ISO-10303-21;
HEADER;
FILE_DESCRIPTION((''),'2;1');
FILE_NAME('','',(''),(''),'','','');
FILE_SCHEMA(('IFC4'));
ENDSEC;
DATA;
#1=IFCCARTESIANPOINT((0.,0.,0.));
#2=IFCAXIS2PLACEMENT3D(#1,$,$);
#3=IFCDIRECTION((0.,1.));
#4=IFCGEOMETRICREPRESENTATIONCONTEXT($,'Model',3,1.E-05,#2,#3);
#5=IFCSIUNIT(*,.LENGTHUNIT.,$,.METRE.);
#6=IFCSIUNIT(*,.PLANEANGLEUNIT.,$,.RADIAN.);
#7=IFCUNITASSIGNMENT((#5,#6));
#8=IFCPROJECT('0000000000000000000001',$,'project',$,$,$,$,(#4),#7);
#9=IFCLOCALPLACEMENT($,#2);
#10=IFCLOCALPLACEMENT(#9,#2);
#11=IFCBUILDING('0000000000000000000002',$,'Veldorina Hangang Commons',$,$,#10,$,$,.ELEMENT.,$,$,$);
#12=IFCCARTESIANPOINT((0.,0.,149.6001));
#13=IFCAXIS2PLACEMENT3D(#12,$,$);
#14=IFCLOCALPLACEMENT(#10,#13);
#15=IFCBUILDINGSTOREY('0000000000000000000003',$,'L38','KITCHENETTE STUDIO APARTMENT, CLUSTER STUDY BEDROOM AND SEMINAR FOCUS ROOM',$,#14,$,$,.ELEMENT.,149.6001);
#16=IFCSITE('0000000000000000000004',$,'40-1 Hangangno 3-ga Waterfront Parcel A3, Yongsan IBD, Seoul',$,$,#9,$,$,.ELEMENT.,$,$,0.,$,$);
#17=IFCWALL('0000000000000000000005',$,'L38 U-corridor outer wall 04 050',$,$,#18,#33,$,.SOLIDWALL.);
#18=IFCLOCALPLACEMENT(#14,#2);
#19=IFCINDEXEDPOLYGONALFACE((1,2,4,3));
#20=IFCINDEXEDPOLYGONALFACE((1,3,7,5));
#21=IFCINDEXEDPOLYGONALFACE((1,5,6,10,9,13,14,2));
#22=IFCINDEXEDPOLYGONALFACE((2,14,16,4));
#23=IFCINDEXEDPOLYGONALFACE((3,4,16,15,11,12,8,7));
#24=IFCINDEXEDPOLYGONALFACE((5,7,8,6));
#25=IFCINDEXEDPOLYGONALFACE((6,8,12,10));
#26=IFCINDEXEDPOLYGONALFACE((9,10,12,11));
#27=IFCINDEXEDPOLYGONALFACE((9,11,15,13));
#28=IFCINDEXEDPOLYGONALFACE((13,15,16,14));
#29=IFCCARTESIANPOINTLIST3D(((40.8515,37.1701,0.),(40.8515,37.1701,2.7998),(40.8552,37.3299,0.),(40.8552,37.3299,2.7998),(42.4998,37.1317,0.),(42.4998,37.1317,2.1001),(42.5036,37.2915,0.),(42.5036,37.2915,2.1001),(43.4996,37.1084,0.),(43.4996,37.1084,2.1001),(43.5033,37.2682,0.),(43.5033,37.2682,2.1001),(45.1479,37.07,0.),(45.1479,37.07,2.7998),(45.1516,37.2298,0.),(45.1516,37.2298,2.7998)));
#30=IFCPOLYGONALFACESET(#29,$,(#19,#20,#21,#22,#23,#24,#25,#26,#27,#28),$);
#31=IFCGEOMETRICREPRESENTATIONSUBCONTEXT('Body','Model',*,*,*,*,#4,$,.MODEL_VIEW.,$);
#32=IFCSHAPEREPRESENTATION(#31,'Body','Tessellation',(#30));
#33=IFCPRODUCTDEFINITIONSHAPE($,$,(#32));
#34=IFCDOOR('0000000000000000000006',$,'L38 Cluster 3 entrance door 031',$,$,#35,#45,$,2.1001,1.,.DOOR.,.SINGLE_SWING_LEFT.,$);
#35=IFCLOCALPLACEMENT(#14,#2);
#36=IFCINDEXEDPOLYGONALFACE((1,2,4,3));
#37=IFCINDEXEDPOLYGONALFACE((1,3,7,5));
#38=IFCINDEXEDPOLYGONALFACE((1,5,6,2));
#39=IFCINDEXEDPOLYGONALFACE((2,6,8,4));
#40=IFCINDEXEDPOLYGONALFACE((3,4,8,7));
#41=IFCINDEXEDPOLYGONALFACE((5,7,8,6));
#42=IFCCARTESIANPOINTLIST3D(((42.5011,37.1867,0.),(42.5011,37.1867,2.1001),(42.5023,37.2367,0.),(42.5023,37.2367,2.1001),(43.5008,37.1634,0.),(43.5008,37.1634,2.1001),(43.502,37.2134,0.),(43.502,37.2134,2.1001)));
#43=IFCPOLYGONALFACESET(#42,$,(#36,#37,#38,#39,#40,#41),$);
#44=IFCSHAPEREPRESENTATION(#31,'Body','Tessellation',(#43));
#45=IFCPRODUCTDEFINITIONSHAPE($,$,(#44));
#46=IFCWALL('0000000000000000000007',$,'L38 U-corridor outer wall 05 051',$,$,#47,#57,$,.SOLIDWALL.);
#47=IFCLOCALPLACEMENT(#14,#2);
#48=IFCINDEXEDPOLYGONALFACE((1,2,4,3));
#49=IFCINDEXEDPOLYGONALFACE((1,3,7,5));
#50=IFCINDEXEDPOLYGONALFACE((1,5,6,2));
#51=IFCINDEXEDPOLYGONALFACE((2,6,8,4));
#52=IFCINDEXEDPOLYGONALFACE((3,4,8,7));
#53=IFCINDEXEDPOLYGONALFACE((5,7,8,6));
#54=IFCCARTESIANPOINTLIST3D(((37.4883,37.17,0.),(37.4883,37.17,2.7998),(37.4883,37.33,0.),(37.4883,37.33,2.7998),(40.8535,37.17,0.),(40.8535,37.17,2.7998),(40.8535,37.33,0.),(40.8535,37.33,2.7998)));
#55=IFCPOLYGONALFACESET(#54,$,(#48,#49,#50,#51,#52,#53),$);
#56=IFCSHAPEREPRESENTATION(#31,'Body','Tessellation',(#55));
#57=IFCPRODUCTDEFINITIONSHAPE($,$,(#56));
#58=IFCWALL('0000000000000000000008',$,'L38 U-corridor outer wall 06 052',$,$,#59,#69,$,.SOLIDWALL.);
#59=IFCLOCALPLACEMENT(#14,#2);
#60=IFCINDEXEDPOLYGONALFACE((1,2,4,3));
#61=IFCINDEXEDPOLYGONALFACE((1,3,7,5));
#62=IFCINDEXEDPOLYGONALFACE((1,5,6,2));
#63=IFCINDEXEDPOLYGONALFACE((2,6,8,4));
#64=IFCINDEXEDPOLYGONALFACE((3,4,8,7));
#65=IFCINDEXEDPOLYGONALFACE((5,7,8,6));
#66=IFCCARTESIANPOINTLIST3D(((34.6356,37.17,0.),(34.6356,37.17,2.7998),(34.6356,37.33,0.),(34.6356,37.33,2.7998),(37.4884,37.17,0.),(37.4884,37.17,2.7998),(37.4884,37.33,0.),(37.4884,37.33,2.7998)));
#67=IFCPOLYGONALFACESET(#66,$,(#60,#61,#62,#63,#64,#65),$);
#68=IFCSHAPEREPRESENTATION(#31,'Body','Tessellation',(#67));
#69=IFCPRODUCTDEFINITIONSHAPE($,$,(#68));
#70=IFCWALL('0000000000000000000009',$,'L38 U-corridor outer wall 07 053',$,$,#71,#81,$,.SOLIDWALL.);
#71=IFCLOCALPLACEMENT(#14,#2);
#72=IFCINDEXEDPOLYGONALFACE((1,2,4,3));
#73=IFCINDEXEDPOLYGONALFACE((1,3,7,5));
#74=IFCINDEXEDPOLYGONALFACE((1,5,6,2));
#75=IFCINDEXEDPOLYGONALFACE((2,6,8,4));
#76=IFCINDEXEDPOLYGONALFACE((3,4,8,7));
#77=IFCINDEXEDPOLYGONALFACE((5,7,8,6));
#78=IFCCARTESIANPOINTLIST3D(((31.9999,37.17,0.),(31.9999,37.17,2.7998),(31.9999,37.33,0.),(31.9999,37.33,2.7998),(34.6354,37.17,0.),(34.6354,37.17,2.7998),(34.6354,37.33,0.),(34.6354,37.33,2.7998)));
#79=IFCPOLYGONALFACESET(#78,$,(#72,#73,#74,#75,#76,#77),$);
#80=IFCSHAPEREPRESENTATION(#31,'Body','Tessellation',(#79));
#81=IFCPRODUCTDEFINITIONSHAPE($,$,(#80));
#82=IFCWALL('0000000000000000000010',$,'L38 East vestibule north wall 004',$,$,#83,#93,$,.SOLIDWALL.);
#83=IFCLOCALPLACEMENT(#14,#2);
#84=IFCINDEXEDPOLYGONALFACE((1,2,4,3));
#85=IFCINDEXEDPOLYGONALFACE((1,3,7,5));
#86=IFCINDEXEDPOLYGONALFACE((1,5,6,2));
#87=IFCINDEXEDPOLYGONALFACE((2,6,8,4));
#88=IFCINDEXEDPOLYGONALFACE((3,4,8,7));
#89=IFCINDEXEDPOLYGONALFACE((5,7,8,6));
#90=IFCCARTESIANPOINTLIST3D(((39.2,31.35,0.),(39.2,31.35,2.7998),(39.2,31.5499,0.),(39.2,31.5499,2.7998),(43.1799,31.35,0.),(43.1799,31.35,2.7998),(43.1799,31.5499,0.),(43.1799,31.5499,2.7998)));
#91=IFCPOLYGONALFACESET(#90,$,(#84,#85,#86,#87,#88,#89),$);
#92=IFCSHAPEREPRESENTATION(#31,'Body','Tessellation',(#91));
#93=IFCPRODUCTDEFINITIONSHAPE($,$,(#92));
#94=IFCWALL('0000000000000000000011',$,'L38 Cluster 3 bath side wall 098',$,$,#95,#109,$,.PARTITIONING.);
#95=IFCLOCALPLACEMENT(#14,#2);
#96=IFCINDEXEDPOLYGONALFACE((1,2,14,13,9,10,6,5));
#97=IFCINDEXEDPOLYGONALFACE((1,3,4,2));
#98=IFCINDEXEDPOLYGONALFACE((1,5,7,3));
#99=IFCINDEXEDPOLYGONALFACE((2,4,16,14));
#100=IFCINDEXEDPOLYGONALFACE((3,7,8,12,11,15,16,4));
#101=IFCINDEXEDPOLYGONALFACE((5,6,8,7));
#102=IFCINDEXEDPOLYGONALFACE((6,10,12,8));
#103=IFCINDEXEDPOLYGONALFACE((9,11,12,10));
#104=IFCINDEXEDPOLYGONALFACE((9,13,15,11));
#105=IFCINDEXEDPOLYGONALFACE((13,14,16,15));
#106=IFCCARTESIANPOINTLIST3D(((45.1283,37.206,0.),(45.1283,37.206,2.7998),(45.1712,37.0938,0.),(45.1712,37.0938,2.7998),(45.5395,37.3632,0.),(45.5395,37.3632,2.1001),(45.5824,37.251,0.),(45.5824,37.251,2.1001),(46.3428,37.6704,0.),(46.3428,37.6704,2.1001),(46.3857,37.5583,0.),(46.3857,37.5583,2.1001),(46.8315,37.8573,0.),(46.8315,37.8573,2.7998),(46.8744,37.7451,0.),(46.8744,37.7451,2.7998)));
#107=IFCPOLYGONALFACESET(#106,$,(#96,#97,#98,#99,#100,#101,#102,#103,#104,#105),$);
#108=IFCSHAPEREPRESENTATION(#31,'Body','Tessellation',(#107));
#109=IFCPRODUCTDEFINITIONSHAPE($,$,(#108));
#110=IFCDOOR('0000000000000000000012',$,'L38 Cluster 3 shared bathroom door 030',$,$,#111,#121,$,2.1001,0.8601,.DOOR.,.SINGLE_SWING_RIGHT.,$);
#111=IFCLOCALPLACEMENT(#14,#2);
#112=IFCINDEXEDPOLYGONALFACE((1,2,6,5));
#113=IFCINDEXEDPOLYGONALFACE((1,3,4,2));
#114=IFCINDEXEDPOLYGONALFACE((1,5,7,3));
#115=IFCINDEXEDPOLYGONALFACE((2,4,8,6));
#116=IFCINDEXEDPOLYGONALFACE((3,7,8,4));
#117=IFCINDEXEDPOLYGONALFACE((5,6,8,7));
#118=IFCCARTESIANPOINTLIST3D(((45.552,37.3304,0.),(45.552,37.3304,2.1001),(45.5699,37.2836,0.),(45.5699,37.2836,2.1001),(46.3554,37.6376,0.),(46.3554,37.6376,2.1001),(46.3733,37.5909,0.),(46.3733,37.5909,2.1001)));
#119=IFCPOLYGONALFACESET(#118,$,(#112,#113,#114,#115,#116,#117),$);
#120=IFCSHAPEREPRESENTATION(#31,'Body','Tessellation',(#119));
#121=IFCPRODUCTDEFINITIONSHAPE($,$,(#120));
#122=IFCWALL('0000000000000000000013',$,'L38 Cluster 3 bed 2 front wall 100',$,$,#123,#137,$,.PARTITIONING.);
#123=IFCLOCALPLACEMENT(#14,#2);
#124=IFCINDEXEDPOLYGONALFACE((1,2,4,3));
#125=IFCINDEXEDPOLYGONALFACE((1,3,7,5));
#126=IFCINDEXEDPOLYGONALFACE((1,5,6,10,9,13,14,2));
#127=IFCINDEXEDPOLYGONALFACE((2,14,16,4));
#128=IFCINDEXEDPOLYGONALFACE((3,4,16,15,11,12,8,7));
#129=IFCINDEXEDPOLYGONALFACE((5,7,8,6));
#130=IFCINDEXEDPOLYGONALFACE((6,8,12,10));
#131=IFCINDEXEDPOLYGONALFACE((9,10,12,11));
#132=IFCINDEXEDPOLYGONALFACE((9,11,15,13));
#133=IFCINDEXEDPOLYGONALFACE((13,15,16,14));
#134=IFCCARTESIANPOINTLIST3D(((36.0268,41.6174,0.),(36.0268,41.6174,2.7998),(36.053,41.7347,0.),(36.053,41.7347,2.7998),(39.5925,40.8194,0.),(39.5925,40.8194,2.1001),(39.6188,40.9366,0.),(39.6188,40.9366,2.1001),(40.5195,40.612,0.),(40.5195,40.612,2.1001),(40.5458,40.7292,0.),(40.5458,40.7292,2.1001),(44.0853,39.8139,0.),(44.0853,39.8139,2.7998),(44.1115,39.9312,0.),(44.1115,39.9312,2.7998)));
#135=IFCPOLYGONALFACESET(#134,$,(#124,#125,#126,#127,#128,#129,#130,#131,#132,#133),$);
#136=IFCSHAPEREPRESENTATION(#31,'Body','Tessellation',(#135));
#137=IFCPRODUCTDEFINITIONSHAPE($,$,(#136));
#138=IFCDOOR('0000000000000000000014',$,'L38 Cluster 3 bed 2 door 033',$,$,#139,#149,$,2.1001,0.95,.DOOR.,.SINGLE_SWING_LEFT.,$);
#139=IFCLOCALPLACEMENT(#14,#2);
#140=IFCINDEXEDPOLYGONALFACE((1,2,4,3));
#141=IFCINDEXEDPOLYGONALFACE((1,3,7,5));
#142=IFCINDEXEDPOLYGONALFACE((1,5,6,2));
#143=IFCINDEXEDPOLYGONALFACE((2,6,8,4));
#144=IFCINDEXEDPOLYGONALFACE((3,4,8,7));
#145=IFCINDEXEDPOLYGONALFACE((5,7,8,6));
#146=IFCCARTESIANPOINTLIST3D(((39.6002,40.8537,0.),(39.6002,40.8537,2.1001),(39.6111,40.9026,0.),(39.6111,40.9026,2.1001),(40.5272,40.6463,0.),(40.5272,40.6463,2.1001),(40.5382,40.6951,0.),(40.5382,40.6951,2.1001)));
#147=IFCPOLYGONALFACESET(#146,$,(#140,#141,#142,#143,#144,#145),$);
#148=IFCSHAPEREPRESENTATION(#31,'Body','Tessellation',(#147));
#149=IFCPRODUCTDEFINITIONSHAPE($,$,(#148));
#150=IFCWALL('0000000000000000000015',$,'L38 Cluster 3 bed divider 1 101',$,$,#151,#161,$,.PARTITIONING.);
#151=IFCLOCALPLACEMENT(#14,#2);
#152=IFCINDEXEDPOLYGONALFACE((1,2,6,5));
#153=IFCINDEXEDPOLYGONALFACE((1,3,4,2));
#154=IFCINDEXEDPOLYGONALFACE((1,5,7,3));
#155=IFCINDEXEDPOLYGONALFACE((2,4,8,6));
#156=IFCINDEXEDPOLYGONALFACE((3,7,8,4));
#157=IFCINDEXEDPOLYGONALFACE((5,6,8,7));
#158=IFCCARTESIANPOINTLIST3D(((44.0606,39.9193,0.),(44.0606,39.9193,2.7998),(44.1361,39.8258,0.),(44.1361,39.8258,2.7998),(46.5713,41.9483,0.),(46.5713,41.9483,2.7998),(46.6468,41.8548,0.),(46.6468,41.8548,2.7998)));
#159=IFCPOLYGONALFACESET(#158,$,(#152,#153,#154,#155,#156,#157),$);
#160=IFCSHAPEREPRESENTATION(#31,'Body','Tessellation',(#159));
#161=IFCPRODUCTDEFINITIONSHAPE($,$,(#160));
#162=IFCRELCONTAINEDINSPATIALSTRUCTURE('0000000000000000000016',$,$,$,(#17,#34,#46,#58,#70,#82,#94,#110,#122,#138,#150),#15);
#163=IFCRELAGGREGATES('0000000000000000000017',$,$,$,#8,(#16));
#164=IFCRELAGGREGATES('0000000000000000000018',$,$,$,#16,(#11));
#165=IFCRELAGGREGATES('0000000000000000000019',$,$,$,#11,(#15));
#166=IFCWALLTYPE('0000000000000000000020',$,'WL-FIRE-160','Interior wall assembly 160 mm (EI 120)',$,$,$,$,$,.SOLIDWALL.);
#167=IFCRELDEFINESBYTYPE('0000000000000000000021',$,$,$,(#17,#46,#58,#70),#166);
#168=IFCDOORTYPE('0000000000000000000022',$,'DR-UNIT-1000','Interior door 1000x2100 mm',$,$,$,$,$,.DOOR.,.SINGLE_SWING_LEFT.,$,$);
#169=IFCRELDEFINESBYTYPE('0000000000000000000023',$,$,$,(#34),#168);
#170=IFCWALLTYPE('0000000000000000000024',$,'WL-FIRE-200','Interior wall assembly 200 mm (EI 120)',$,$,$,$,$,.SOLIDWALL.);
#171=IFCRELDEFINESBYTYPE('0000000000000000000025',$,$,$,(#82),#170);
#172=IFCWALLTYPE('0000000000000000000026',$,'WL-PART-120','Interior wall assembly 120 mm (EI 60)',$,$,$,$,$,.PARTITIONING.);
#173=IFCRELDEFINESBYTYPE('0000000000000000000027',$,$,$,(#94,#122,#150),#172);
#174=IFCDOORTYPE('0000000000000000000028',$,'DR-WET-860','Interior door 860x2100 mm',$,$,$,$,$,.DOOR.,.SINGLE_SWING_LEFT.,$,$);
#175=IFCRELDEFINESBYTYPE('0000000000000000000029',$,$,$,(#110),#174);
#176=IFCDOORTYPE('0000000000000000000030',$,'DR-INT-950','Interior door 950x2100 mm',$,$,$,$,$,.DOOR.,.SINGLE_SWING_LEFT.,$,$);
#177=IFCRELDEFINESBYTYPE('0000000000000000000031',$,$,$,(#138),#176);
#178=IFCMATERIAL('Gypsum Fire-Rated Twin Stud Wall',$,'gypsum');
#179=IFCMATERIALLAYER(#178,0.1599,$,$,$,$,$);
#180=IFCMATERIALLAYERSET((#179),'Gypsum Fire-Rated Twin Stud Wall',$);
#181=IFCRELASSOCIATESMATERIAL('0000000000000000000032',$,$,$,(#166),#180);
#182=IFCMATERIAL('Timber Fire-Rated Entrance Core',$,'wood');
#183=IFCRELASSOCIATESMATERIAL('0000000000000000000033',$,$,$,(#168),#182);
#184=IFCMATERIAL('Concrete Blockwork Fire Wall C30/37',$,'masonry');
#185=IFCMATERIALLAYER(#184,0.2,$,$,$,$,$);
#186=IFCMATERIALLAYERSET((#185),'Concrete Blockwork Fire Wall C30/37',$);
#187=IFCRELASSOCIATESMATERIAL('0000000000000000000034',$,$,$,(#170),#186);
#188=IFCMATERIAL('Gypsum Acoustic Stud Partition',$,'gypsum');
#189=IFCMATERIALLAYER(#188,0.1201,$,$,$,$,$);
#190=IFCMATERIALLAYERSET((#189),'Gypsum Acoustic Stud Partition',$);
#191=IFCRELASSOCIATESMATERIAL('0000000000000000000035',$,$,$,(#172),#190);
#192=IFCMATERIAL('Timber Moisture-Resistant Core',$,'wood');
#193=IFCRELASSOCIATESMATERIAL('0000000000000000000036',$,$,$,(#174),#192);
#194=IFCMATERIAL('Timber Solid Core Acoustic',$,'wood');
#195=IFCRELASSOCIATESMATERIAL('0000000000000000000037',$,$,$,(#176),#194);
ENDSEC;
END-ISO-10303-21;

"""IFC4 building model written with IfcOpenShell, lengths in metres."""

from ifc_helpers import new_model, si_unit, direction, frame, frame_2d, origin, place, context, subcontext, project, spatial, rectangle, extrude, material, layer, layer_set, type_object, element, fill, save


model = new_model("IFC4")

# Units and contexts
model_context = context("Model", 3, precision=1e-05, world=origin(), true_north=direction((0.0, 1.0)))
body_context = subcontext(model_context, "Body", "Model", "MODEL_VIEW")
ifc_project = project(units=[si_unit("LENGTHUNIT", "METRE"), si_unit("PLANEANGLEUNIT", "RADIAN")], contexts=[model_context])

# Site, building, storey
site_placement = place(None, origin())
site = spatial("IfcSite", under=ifc_project, at=site_placement, Name="40-1 Hangangno 3-ga Waterfront Parcel A3, Yongsan IBD, Seoul", CompositionType="ELEMENT", RefElevation=0.0)
building_placement = place(site_placement, origin())
building = spatial("IfcBuilding", under=site, at=building_placement, Name="Veldorina Hangang Commons", CompositionType="ELEMENT")
storey_placement = place(building_placement, frame((0.0, 0.0, 149.6001)))
storey = spatial("IfcBuildingStorey", under=building, at=storey_placement, Name="L38", Description="KITCHENETTE STUDIO APARTMENT, CLUSTER STUDY BEDROOM AND SEMINAR FOCUS ROOM", CompositionType="ELEMENT", Elevation=149.6001)

# Wall, opening, door
ifc_material_1 = material(Name="Gypsum Fire-Rated Twin Stud Wall", Category="gypsum")
ifc_layer_1 = layer(ifc_material_1, 0.1599)
ifc_layer_set_1 = layer_set([ifc_layer_1], Name="Gypsum Fire-Rated Twin Stud Wall")
wall_type_1 = type_object("IfcWallType", Name="WL-FIRE-160", Description="Interior wall assembly 160 mm (EI 120)", PredefinedType="SOLIDWALL", material=ifc_layer_set_1)
wall_1_placement = place(storey_placement, frame((45.1499, 37.1499, 0.0), z_axis=(0.0, 0.0, 1.0), x_axis=(-0.999729, 0.023292, 0.0)))
wall_1 = element("IfcWall", 1, at=wall_1_placement, inside=storey, type_object=wall_type_1, Name="L38 U-corridor outer wall 04 050", PredefinedType="SOLIDWALL", context=body_context, shape_type="SweptSolid", body=[
    extrude(rectangle(XDim=4.2976, YDim=0.1599, at=frame_2d((2.1489, 0.0))), origin(), (0.0, 0.0, 1.0), 2.7998),
])
opening_1_placement = place(wall_1_placement, frame((1.6489, 0.0, 0.0)))
opening_1 = element("IfcOpeningElement", 2, at=opening_1_placement, cuts=wall_1, PredefinedType="OPENING", context=body_context, shape_type="SweptSolid", body=[
    extrude(rectangle(XDim=1.0, YDim=2.1001, at=frame_2d((0.5, 1.05))), frame((0.0, 0.0898, 0.0), z_axis=(0.0, -1.0, 0.0), x_axis=(1.0, 0.0, 0.0)), (0.0, 0.0, 1.0), 0.1799),
])
ifc_material_2 = material(Name="Timber Fire-Rated Entrance Core", Category="wood")
door_type_1 = type_object("IfcDoorType", Name="DR-UNIT-1000", Description="Interior door 1000x2100 mm", OperationType="SINGLE_SWING_LEFT", PredefinedType="DOOR", material=ifc_material_2)
door_1_placement = place(opening_1_placement, origin())
door_1 = element("IfcDoor", 3, at=door_1_placement, inside=storey, type_object=door_type_1, Name="L38 Cluster 3 entrance door 031", OperationType="SINGLE_SWING_LEFT", OverallHeight=2.1001, OverallWidth=1.0, PredefinedType="DOOR", context=body_context, shape_type="SweptSolid", body=[
    extrude(rectangle(XDim=1.0, YDim=2.1001, at=frame_2d((0.5, 1.05))), frame((0.0, 0.0249, 0.0), z_axis=(0.0, -1.0, 0.0), x_axis=(1.0, 0.0, 0.0)), (0.0, 0.0, 1.0), 0.05),
])
fill(opening_1, door_1)

# Walls
wall_2_placement = place(storey_placement, frame((40.8535, 37.25, 0.0), z_axis=(0.0, 0.0, 1.0), x_axis=(-1.0, 0.0, 0.0)))
element("IfcWall", 4, at=wall_2_placement, inside=storey, type_object=wall_type_1, Name="L38 U-corridor outer wall 05 051", PredefinedType="SOLIDWALL", context=body_context, shape_type="SweptSolid", body=[
    extrude(rectangle(XDim=3.3652, YDim=0.1599, at=frame_2d((1.6826, 0.0))), origin(), (0.0, 0.0, 1.0), 2.7998),
])
wall_3_placement = place(storey_placement, frame((37.4883, 37.25, 0.0), z_axis=(0.0, 0.0, 1.0), x_axis=(-1.0, 0.0, 0.0)))
element("IfcWall", 5, at=wall_3_placement, inside=storey, type_object=wall_type_1, Name="L38 U-corridor outer wall 06 052", PredefinedType="SOLIDWALL", context=body_context, shape_type="SweptSolid", body=[
    extrude(rectangle(XDim=2.8528, YDim=0.1599, at=frame_2d((1.4263, 0.0))), origin(), (0.0, 0.0, 1.0), 2.7998),
])
wall_4_placement = place(storey_placement, frame((34.6355, 37.25, 0.0), z_axis=(0.0, 0.0, 1.0), x_axis=(-1.0, 0.0, 0.0)))
element("IfcWall", 6, at=wall_4_placement, inside=storey, type_object=wall_type_1, Name="L38 U-corridor outer wall 07 053", PredefinedType="SOLIDWALL", context=body_context, shape_type="SweptSolid", body=[
    extrude(rectangle(XDim=2.6355, YDim=0.1599, at=frame_2d((1.3179, 0.0))), origin(), (0.0, 0.0, 1.0), 2.7998),
])
ifc_material_3 = material(Name="Concrete Blockwork Fire Wall C30/37", Category="masonry")
ifc_layer_2 = layer(ifc_material_3, 0.2)
ifc_layer_set_2 = layer_set([ifc_layer_2], Name="Concrete Blockwork Fire Wall C30/37")
wall_type_2 = type_object("IfcWallType", Name="WL-FIRE-200", Description="Interior wall assembly 200 mm (EI 120)", PredefinedType="SOLIDWALL", material=ifc_layer_set_2)
wall_5_placement = place(storey_placement, frame((39.2, 31.45, 0.0), z_axis=(0.0, 0.0, 1.0), x_axis=(1.0, 0.0, 0.0)))
element("IfcWall", 7, at=wall_5_placement, inside=storey, type_object=wall_type_2, Name="L38 East vestibule north wall 004", PredefinedType="SOLIDWALL", context=body_context, shape_type="SweptSolid", body=[
    extrude(rectangle(XDim=3.98, YDim=0.2, at=frame_2d((1.99, 0.0))), origin(), (0.0, 0.0, 1.0), 2.7998),
])

# Walls, openings, doors
ifc_material_4 = material(Name="Gypsum Acoustic Stud Partition", Category="gypsum")
ifc_layer_3 = layer(ifc_material_4, 0.1201)
ifc_layer_set_3 = layer_set([ifc_layer_3], Name="Gypsum Acoustic Stud Partition")
wall_type_3 = type_object("IfcWallType", Name="WL-PART-120", Description="Interior wall assembly 120 mm (EI 60)", PredefinedType="PARTITIONING", material=ifc_layer_set_3)
wall_6_placement = place(storey_placement, frame((45.1499, 37.1499, 0.0), z_axis=(0.0, 0.0, 1.0), x_axis=(0.93402, 0.35722, 0.0)))
wall_6 = element("IfcWall", 8, at=wall_6_placement, inside=storey, type_object=wall_type_3, Name="L38 Cluster 3 bath side wall 098", PredefinedType="PARTITIONING", context=body_context, shape_type="SweptSolid", body=[
    extrude(rectangle(XDim=1.8235, YDim=0.1201, at=frame_2d((0.9116, 0.0))), origin(), (0.0, 0.0, 1.0), 2.7998),
])
opening_2_placement = place(wall_6_placement, frame((0.4399, 0.0, 0.0)))
opening_2 = element("IfcOpeningElement", 9, at=opening_2_placement, cuts=wall_6, PredefinedType="OPENING", context=body_context, shape_type="SweptSolid", body=[
    extrude(rectangle(XDim=0.8601, YDim=2.1001, at=frame_2d((0.4302, 1.05))), frame((0.0, 0.0701, 0.0), z_axis=(0.0, -1.0, 0.0), x_axis=(1.0, 0.0, 0.0)), (0.0, 0.0, 1.0), 0.1401),
])
ifc_material_5 = material(Name="Timber Moisture-Resistant Core", Category="wood")
door_type_2 = type_object("IfcDoorType", Name="DR-WET-860", Description="Interior door 860x2100 mm", OperationType="SINGLE_SWING_LEFT", PredefinedType="DOOR", material=ifc_material_5)
door_2_placement = place(opening_2_placement, origin())
door_2 = element("IfcDoor", 10, at=door_2_placement, inside=storey, type_object=door_type_2, Name="L38 Cluster 3 shared bathroom door 030", OperationType="SINGLE_SWING_RIGHT", OverallHeight=2.1001, OverallWidth=0.8601, PredefinedType="DOOR", context=body_context, shape_type="SweptSolid", body=[
    extrude(rectangle(XDim=0.8601, YDim=2.1001, at=frame_2d((0.4302, 1.05))), frame((0.0, 0.0249, 0.0), z_axis=(0.0, -1.0, 0.0), x_axis=(1.0, 0.0, 0.0)), (0.0, 0.0, 1.0), 0.05),
])
fill(opening_2, door_2)
wall_7_placement = place(storey_placement, frame((44.0984, 39.8726, 0.0), z_axis=(0.0, 0.0, 1.0), x_axis=(-0.97586, 0.218398, 0.0)))
wall_7 = element("IfcWall", 11, at=wall_7_placement, inside=storey, type_object=wall_type_3, Name="L38 Cluster 3 bed 2 front wall 100", PredefinedType="PARTITIONING", context=body_context, shape_type="SweptSolid", body=[
    extrude(rectangle(XDim=8.2578, YDim=0.1201, at=frame_2d((4.1289, 0.0))), origin(), (0.0, 0.0, 1.0), 2.7998),
])
opening_3_placement = place(wall_7_placement, frame((3.6538, 0.0, 0.0)))
opening_3 = element("IfcOpeningElement", 12, at=opening_3_placement, cuts=wall_7, PredefinedType="OPENING", context=body_context, shape_type="SweptSolid", body=[
    extrude(rectangle(XDim=0.95, YDim=2.1001, at=frame_2d((0.4751, 1.05))), frame((0.0, 0.0701, 0.0), z_axis=(0.0, -1.0, 0.0), x_axis=(1.0, 0.0, 0.0)), (0.0, 0.0, 1.0), 0.1401),
])
ifc_material_6 = material(Name="Timber Solid Core Acoustic", Category="wood")
door_type_3 = type_object("IfcDoorType", Name="DR-INT-950", Description="Interior door 950x2100 mm", OperationType="SINGLE_SWING_LEFT", PredefinedType="DOOR", material=ifc_material_6)
door_3_placement = place(opening_3_placement, origin())
door_3 = element("IfcDoor", 13, at=door_3_placement, inside=storey, type_object=door_type_3, Name="L38 Cluster 3 bed 2 door 033", OperationType="SINGLE_SWING_LEFT", OverallHeight=2.1001, OverallWidth=0.95, PredefinedType="DOOR", context=body_context, shape_type="SweptSolid", body=[
    extrude(rectangle(XDim=0.95, YDim=2.1001, at=frame_2d((0.4751, 1.05))), frame((0.0, 0.0249, 0.0), z_axis=(0.0, -1.0, 0.0), x_axis=(1.0, 0.0, 0.0)), (0.0, 0.0, 1.0), 0.05),
])
fill(opening_3, door_3)

# Wall
wall_8_placement = place(storey_placement, frame((44.0984, 39.8726, 0.0), z_axis=(0.0, 0.0, 1.0), x_axis=(0.777768, 0.628552, 0.0)))
element("IfcWall", 14, at=wall_8_placement, inside=storey, type_object=wall_type_3, Name="L38 Cluster 3 bed divider 1 101", PredefinedType="PARTITIONING", context=body_context, shape_type="SweptSolid", body=[
    extrude(rectangle(XDim=3.228, YDim=0.1201, at=frame_2d((1.614, 0.0))), origin(), (0.0, 0.0, 1.0), 2.7998),
])

save(model, "model.ifc")
